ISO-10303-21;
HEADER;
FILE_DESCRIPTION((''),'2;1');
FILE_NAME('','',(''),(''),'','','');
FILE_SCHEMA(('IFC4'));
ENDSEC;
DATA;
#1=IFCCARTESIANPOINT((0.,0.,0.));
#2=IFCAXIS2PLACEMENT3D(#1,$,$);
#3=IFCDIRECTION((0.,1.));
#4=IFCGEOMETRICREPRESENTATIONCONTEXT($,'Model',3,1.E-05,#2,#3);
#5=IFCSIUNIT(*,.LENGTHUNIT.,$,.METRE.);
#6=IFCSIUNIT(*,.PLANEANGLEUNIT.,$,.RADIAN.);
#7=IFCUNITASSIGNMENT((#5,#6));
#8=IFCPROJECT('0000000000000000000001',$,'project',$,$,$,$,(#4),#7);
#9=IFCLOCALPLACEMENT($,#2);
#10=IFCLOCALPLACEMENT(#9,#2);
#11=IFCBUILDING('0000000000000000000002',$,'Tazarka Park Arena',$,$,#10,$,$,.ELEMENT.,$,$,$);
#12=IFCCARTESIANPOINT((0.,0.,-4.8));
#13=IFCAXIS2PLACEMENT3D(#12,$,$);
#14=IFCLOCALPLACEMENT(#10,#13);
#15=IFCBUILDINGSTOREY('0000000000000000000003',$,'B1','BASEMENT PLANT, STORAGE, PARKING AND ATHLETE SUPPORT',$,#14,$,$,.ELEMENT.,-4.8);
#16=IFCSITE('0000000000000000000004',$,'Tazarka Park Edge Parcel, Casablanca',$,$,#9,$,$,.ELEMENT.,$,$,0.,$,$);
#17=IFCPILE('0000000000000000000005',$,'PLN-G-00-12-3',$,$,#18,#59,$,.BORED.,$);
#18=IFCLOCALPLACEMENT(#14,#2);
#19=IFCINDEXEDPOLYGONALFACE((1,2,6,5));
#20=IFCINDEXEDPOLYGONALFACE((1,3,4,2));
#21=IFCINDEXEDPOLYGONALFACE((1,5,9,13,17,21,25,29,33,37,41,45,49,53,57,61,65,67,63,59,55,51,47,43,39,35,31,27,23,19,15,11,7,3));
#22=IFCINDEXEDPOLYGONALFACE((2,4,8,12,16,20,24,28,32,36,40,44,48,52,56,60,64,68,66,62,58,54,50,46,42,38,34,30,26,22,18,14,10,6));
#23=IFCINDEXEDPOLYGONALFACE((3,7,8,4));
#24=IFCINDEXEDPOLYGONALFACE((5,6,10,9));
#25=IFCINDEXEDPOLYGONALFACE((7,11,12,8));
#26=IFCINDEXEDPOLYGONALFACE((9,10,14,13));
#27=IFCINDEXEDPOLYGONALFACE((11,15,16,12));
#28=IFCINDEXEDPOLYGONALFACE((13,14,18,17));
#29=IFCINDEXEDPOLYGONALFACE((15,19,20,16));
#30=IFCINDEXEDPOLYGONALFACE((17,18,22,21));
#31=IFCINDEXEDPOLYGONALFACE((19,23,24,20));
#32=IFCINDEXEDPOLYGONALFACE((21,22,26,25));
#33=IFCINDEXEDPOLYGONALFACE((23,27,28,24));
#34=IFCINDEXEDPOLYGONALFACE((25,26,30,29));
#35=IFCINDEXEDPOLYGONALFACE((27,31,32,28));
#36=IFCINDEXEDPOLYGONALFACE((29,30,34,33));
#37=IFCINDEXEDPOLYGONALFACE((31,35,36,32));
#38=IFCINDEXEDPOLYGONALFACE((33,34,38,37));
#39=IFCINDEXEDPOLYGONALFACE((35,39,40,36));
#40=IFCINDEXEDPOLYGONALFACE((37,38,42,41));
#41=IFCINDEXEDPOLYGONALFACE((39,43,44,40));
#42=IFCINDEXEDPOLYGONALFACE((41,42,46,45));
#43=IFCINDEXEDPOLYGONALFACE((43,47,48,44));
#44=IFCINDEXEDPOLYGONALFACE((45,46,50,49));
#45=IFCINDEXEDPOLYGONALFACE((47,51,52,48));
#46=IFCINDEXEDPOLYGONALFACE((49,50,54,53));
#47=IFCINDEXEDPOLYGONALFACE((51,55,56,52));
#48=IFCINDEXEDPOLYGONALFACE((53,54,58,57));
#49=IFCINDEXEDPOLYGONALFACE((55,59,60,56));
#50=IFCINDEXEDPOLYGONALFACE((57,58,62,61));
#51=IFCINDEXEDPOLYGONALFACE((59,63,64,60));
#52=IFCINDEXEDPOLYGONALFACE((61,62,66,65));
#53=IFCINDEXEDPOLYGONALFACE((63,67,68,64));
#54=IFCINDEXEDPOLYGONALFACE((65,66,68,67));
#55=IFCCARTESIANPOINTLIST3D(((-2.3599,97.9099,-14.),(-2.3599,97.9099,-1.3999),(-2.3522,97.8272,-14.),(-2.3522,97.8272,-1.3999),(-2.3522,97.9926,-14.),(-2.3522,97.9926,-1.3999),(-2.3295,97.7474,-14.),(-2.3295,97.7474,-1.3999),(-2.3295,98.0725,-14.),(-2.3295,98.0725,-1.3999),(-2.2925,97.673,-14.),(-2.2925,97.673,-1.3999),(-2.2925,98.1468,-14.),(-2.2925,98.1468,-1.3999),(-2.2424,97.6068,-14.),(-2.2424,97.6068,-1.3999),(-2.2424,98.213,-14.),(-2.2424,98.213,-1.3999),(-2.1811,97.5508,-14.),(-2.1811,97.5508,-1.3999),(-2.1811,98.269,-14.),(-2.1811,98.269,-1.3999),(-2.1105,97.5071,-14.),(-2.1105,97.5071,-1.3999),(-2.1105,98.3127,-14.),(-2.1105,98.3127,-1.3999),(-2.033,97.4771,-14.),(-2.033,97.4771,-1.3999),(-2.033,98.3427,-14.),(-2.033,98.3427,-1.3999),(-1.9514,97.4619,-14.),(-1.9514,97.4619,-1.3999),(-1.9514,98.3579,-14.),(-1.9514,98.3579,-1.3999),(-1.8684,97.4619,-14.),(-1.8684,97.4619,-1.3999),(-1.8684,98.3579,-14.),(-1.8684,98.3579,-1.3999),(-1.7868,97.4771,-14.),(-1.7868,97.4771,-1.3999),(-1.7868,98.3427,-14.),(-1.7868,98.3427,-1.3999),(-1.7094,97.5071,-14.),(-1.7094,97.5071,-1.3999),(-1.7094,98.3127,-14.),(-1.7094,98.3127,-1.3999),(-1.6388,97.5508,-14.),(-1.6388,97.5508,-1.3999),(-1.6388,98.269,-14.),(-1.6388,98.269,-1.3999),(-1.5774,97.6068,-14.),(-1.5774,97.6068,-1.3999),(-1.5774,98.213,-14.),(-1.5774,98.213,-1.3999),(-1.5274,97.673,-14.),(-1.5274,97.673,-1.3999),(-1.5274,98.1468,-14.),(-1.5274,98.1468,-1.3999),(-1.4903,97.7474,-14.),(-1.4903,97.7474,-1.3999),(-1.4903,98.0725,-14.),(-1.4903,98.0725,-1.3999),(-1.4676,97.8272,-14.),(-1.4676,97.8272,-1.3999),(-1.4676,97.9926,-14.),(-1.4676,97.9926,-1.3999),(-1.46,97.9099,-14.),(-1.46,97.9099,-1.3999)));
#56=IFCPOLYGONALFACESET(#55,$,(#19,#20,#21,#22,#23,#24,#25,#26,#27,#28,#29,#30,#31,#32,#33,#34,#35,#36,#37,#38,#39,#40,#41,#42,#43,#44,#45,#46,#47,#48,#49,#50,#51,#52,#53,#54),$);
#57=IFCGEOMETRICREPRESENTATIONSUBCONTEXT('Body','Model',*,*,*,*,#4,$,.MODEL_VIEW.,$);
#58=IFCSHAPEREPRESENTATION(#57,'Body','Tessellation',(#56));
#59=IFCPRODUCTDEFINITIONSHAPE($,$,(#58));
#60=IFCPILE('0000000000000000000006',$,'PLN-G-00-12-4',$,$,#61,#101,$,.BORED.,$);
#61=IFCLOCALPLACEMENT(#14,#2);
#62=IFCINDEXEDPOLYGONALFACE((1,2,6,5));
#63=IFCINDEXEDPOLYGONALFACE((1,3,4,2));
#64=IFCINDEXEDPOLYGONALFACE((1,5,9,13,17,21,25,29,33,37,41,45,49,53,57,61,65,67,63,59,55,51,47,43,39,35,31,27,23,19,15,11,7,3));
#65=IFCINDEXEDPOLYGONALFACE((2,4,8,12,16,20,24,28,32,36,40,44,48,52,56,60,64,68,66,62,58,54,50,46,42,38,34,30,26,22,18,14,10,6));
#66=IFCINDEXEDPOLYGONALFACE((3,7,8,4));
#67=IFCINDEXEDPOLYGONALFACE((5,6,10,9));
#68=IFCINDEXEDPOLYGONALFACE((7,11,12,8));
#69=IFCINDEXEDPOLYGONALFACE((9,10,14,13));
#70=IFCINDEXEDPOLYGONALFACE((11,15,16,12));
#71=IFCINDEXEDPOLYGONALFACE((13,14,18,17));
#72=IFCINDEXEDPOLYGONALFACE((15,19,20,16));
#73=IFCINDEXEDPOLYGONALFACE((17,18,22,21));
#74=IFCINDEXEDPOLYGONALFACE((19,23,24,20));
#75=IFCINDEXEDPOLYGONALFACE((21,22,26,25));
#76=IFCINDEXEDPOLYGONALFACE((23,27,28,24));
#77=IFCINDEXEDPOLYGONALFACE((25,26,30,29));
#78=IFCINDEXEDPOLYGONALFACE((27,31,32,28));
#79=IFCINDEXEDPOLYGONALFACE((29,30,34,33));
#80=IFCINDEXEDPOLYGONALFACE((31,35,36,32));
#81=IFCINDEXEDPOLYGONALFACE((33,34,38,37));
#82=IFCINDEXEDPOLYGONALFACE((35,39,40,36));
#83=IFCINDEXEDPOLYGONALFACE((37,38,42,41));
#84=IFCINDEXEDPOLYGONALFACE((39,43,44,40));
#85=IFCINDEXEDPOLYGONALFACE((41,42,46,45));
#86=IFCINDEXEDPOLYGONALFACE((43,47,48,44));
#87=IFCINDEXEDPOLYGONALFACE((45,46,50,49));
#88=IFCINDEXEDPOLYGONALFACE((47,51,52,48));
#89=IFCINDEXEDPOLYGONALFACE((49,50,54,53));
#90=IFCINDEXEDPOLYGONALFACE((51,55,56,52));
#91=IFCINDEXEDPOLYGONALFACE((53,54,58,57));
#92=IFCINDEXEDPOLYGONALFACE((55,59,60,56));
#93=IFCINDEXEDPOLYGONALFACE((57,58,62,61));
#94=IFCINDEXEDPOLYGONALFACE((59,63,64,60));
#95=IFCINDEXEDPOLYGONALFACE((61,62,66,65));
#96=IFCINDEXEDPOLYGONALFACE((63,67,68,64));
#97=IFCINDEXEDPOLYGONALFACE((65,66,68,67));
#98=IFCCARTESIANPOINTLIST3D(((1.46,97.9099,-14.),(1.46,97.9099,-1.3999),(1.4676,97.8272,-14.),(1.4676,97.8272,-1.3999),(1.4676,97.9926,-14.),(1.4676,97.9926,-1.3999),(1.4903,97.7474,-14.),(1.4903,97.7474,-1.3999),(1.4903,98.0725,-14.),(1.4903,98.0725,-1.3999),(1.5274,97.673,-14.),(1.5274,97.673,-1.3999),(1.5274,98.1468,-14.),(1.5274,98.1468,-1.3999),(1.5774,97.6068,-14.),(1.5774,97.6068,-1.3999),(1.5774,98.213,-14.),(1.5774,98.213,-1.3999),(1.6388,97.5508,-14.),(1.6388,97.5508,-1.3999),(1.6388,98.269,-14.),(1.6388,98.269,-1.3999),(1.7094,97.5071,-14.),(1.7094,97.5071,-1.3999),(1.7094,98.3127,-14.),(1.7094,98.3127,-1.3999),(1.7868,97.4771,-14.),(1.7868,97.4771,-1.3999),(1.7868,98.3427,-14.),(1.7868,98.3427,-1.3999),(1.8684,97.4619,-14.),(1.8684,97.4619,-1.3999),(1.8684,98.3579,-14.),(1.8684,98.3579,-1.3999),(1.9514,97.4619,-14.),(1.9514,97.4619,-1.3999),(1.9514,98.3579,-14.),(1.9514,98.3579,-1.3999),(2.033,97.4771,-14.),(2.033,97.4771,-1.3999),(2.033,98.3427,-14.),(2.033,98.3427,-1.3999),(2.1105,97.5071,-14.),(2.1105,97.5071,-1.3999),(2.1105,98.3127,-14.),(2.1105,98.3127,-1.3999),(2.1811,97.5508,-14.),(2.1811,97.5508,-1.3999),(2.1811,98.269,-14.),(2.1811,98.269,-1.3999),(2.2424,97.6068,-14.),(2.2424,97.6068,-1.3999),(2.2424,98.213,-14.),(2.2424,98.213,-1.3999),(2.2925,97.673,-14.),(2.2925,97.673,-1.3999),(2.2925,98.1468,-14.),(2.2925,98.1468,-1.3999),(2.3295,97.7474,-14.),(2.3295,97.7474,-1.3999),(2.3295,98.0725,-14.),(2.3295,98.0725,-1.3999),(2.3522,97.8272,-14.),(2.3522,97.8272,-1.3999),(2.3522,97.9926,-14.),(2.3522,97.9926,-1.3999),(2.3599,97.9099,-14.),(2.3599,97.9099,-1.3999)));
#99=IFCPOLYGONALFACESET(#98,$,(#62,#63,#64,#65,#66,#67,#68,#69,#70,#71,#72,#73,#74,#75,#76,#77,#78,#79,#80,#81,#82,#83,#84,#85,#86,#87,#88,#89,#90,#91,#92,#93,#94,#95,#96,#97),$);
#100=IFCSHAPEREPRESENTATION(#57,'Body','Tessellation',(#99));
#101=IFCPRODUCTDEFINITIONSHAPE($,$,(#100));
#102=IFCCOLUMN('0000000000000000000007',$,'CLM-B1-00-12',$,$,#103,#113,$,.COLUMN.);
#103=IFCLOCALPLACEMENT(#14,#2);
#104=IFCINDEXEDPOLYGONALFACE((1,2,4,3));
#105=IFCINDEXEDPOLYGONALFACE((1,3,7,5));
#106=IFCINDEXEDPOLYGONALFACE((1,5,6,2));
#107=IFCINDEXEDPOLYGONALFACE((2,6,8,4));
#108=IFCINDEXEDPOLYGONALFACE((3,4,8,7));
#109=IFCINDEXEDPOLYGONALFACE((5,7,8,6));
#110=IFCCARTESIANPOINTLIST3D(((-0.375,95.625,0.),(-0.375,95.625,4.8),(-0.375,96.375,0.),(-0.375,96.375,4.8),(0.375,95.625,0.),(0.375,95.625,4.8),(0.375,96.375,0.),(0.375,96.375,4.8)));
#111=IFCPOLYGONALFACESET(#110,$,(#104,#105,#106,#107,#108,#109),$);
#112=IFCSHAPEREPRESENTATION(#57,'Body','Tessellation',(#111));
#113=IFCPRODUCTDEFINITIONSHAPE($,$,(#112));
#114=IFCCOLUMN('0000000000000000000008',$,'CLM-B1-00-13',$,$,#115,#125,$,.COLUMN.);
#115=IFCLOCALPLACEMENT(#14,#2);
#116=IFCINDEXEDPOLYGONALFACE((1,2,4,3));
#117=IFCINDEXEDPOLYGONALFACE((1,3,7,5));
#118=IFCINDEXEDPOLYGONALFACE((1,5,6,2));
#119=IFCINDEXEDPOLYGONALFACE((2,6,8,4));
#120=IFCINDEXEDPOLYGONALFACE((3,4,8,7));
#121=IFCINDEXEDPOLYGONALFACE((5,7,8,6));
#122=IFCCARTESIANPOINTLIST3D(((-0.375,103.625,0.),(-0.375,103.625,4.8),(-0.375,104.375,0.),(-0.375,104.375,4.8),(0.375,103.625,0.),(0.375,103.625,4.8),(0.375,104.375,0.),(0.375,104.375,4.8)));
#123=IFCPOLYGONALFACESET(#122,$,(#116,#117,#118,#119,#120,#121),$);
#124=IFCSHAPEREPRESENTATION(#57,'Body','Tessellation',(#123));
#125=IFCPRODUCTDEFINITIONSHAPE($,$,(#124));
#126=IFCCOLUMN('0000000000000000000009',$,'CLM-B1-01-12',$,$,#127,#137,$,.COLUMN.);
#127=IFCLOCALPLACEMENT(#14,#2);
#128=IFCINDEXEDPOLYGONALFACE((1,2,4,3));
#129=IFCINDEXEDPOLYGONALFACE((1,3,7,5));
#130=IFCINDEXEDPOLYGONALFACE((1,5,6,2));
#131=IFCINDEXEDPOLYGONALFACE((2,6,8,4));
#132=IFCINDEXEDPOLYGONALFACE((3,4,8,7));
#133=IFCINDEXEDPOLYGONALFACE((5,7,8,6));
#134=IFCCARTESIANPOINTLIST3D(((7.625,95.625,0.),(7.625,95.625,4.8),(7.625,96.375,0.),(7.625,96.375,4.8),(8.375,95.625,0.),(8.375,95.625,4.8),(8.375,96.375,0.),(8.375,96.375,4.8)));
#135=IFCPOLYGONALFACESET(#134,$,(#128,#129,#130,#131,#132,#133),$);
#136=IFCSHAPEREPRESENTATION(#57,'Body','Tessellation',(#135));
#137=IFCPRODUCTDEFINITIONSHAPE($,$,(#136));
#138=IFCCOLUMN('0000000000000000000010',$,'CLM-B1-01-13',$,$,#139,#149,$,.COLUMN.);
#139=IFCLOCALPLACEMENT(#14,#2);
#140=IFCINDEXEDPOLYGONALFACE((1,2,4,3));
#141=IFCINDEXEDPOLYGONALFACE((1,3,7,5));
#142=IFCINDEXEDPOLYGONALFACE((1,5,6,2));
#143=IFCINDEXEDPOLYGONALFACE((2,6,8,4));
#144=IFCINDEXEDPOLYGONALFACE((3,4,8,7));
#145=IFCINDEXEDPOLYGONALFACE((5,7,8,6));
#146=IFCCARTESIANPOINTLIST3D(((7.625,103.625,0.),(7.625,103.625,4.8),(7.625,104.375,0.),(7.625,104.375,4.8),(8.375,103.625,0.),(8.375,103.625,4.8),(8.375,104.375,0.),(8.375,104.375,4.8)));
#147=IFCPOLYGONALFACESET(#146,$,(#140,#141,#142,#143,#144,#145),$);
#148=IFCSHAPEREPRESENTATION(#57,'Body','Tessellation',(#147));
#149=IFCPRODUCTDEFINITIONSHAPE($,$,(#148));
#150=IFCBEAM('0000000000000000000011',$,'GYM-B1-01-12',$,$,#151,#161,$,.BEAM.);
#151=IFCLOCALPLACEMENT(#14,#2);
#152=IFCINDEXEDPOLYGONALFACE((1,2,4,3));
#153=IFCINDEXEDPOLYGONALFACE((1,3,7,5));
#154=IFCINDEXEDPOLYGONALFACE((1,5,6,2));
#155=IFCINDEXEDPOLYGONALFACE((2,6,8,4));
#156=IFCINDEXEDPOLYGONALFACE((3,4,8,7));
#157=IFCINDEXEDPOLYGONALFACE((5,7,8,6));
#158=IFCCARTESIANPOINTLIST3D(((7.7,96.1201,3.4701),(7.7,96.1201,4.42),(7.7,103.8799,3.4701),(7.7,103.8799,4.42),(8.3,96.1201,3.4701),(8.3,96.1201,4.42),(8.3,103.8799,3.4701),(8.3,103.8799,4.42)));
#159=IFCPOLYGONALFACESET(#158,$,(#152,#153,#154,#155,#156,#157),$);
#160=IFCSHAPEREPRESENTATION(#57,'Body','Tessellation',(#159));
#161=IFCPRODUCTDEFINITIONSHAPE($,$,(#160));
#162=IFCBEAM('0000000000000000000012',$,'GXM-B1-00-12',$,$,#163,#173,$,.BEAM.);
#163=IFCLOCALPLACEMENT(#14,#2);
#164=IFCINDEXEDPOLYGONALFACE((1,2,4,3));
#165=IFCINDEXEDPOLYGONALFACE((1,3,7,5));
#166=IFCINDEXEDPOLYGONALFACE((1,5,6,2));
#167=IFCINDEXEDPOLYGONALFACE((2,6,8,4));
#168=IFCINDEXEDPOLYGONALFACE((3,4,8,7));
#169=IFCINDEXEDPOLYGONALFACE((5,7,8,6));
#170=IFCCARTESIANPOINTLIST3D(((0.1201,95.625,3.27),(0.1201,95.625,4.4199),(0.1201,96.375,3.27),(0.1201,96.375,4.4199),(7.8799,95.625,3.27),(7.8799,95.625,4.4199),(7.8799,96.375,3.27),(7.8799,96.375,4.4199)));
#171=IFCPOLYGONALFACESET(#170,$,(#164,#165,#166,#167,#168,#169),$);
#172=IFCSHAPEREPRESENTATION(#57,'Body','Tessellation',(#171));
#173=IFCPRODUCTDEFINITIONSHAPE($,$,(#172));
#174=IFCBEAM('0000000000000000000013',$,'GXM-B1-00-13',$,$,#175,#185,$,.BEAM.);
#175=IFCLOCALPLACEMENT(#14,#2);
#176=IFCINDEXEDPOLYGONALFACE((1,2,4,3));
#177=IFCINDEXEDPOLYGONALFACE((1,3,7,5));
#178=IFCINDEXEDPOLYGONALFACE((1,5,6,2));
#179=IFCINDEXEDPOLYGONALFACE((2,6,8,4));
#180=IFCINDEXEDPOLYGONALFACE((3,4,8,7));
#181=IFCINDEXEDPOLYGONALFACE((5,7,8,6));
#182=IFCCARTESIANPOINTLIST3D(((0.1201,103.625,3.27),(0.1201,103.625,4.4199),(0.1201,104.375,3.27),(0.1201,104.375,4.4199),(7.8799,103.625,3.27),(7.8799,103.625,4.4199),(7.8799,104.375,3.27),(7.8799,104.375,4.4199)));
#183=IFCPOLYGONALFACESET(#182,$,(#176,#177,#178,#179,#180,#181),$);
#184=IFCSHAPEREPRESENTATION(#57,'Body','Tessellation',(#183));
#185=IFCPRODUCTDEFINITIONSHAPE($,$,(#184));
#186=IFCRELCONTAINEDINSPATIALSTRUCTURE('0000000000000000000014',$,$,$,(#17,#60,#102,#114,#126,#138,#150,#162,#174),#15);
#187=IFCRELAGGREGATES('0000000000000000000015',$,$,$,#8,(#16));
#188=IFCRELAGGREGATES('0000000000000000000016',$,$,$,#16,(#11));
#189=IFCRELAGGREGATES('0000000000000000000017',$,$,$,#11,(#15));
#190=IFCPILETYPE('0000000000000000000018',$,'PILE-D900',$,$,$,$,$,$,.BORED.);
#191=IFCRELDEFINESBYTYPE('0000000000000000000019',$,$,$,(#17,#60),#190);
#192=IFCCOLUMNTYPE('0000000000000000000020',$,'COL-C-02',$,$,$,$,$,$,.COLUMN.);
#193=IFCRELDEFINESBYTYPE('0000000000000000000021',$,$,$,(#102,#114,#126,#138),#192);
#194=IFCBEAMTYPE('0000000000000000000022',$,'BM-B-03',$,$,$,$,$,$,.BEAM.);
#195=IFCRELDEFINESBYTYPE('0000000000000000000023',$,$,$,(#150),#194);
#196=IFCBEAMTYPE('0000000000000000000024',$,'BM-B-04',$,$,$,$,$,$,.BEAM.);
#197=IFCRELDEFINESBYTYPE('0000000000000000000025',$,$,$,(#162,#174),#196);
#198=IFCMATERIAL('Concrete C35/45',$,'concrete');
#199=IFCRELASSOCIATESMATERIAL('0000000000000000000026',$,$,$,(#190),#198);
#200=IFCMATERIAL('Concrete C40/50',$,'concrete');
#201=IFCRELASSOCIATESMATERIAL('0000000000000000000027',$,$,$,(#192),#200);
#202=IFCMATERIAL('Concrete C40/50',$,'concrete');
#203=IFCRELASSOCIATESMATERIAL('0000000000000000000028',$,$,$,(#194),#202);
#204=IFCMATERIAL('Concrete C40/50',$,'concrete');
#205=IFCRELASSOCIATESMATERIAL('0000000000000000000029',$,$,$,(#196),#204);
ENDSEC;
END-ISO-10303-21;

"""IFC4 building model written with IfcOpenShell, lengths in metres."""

from ifc_helpers import new_model, si_unit, direction, frame, origin, origin_2d, place, context, subcontext, project, spatial, rectangle, circle, extrude, material, material_profile, profile_set, type_object, element, save


model = new_model("IFC4")

# Units and contexts
model_context = context("Model", 3, precision=1e-05, world=origin(), true_north=direction((0.0, 1.0)))
body_context = subcontext(model_context, "Body", "Model", "MODEL_VIEW")
ifc_project = project(units=[si_unit("LENGTHUNIT", "METRE"), si_unit("PLANEANGLEUNIT", "RADIAN")], contexts=[model_context])

# Site, building, storey
site_placement = place(None, origin())
site = spatial("IfcSite", under=ifc_project, at=site_placement, Name="Tazarka Park Edge Parcel, Casablanca", CompositionType="ELEMENT", RefElevation=0.0)
building_placement = place(site_placement, origin())
building = spatial("IfcBuilding", under=site, at=building_placement, Name="Tazarka Park Arena", CompositionType="ELEMENT")
storey_placement = place(building_placement, frame((0.0, 0.0, -4.8)))
storey = spatial("IfcBuildingStorey", under=building, at=storey_placement, Name="B1", Description="BASEMENT PLANT, STORAGE, PARKING AND ATHLETE SUPPORT", CompositionType="ELEMENT", Elevation=-4.8)

# Piles
ifc_material_1 = material(Name="Concrete C35/45", Category="concrete")
ifc_material_profile_1 = material_profile(ifc_material_1, circle(Radius=0.45, at=origin_2d()), Name="Concrete C35/45")
ifc_profile_set_1 = profile_set([ifc_material_profile_1], Name="Concrete C35/45")
pile_type = type_object("IfcPileType", Name="PILE-D900", PredefinedType="BORED", material=ifc_profile_set_1)
for number, where, z_axis, x_axis, name in (
    (1, (-1.9099, 97.9099, -1.3999), (0.0, 0.0, -1.0), (1.0, 0.0, 0.0), "PLN-G-00-12-3"),
    (2, (1.9099, 97.9099, -1.3999), (0.0, 0.0, -1.0), (1.0, 0.0, 0.0), "PLN-G-00-12-4"),
):
    element("IfcPile", number, at=place(storey_placement, frame(where, z_axis=z_axis, x_axis=x_axis)), inside=storey, type_object=pile_type, Name=name, PredefinedType="BORED", context=body_context, shape_type="SweptSolid", body=[
        extrude(circle(Radius=0.45, at=origin_2d()), origin(), (0.0, 0.0, 1.0), 12.6001),
    ])

# Columns
ifc_material_2 = material(Name="Concrete C40/50", Category="concrete")
ifc_material_profile_2 = material_profile(ifc_material_2, rectangle(XDim=0.75, YDim=0.75, at=origin_2d()), Name="Concrete C40/50")
ifc_profile_set_2 = profile_set([ifc_material_profile_2], Name="Concrete C40/50")
column_type = type_object("IfcColumnType", Name="COL-C-02", PredefinedType="COLUMN", material=ifc_profile_set_2)
for number, where, z_axis, x_axis, name in (
    (3, (0.0, 96.0, 0.0), (0.0, 0.0, 1.0), (1.0, 0.0, 0.0), "CLM-B1-00-12"),
    (4, (0.0, 104.0, 0.0), (0.0, 0.0, 1.0), (1.0, 0.0, 0.0), "CLM-B1-00-13"),
    (5, (8.0, 96.0, 0.0), (0.0, 0.0, 1.0), (1.0, 0.0, 0.0), "CLM-B1-01-12"),
    (6, (8.0, 104.0, 0.0), (0.0, 0.0, 1.0), (1.0, 0.0, 0.0), "CLM-B1-01-13"),
):
    element("IfcColumn", number, at=place(storey_placement, frame(where, z_axis=z_axis, x_axis=x_axis)), inside=storey, type_object=column_type, Name=name, PredefinedType="COLUMN", context=body_context, shape_type="SweptSolid", body=[
        extrude(rectangle(XDim=0.75, YDim=0.75, at=origin_2d()), origin(), (0.0, 0.0, 1.0), 4.8),
    ])

# Beams
ifc_material_3 = material(Name="Concrete C40/50", Category="concrete")
ifc_material_profile_3 = material_profile(ifc_material_3, rectangle(XDim=0.6001, YDim=0.95, at=origin_2d()), Name="Concrete C40/50")
ifc_profile_set_3 = profile_set([ifc_material_profile_3], Name="Concrete C40/50")
beam_type_1 = type_object("IfcBeamType", Name="BM-B-03", PredefinedType="BEAM", material=ifc_profile_set_3)
beam_1_placement = place(storey_placement, frame((8.0, 96.1201, 3.9451), z_axis=(0.0, 1.0, 0.0), x_axis=(-1.0, 0.0, 0.0)))
element("IfcBeam", 7, at=beam_1_placement, inside=storey, type_object=beam_type_1, Name="GYM-B1-01-12", PredefinedType="BEAM", context=body_context, shape_type="SweptSolid", body=[
    extrude(rectangle(XDim=0.6001, YDim=0.95, at=origin_2d()), origin(), (0.0, 0.0, 1.0), 7.7598),
])
ifc_material_4 = material(Name="Concrete C40/50", Category="concrete")
ifc_material_profile_4 = material_profile(ifc_material_4, rectangle(XDim=0.75, YDim=1.1499, at=origin_2d()), Name="Concrete C40/50")
ifc_profile_set_4 = profile_set([ifc_material_profile_4], Name="Concrete C40/50")
beam_type_2 = type_object("IfcBeamType", Name="BM-B-04", PredefinedType="BEAM", material=ifc_profile_set_4)
for number, where, z_axis, x_axis, name in (
    (8, (0.1201, 96.0, 3.845), (1.0, 0.0, 0.0), (0.0, 1.0, 0.0), "GXM-B1-00-12"),
    (9, (0.1201, 104.0, 3.845), (1.0, 0.0, 0.0), (0.0, 1.0, 0.0), "GXM-B1-00-13"),
):
    element("IfcBeam", number, at=place(storey_placement, frame(where, z_axis=z_axis, x_axis=x_axis)), inside=storey, type_object=beam_type_2, Name=name, PredefinedType="BEAM", context=body_context, shape_type="SweptSolid", body=[
        extrude(rectangle(XDim=0.75, YDim=1.1499, at=origin_2d()), origin(), (0.0, 0.0, 1.0), 7.7598),
    ])

save(model, "model.ifc")
